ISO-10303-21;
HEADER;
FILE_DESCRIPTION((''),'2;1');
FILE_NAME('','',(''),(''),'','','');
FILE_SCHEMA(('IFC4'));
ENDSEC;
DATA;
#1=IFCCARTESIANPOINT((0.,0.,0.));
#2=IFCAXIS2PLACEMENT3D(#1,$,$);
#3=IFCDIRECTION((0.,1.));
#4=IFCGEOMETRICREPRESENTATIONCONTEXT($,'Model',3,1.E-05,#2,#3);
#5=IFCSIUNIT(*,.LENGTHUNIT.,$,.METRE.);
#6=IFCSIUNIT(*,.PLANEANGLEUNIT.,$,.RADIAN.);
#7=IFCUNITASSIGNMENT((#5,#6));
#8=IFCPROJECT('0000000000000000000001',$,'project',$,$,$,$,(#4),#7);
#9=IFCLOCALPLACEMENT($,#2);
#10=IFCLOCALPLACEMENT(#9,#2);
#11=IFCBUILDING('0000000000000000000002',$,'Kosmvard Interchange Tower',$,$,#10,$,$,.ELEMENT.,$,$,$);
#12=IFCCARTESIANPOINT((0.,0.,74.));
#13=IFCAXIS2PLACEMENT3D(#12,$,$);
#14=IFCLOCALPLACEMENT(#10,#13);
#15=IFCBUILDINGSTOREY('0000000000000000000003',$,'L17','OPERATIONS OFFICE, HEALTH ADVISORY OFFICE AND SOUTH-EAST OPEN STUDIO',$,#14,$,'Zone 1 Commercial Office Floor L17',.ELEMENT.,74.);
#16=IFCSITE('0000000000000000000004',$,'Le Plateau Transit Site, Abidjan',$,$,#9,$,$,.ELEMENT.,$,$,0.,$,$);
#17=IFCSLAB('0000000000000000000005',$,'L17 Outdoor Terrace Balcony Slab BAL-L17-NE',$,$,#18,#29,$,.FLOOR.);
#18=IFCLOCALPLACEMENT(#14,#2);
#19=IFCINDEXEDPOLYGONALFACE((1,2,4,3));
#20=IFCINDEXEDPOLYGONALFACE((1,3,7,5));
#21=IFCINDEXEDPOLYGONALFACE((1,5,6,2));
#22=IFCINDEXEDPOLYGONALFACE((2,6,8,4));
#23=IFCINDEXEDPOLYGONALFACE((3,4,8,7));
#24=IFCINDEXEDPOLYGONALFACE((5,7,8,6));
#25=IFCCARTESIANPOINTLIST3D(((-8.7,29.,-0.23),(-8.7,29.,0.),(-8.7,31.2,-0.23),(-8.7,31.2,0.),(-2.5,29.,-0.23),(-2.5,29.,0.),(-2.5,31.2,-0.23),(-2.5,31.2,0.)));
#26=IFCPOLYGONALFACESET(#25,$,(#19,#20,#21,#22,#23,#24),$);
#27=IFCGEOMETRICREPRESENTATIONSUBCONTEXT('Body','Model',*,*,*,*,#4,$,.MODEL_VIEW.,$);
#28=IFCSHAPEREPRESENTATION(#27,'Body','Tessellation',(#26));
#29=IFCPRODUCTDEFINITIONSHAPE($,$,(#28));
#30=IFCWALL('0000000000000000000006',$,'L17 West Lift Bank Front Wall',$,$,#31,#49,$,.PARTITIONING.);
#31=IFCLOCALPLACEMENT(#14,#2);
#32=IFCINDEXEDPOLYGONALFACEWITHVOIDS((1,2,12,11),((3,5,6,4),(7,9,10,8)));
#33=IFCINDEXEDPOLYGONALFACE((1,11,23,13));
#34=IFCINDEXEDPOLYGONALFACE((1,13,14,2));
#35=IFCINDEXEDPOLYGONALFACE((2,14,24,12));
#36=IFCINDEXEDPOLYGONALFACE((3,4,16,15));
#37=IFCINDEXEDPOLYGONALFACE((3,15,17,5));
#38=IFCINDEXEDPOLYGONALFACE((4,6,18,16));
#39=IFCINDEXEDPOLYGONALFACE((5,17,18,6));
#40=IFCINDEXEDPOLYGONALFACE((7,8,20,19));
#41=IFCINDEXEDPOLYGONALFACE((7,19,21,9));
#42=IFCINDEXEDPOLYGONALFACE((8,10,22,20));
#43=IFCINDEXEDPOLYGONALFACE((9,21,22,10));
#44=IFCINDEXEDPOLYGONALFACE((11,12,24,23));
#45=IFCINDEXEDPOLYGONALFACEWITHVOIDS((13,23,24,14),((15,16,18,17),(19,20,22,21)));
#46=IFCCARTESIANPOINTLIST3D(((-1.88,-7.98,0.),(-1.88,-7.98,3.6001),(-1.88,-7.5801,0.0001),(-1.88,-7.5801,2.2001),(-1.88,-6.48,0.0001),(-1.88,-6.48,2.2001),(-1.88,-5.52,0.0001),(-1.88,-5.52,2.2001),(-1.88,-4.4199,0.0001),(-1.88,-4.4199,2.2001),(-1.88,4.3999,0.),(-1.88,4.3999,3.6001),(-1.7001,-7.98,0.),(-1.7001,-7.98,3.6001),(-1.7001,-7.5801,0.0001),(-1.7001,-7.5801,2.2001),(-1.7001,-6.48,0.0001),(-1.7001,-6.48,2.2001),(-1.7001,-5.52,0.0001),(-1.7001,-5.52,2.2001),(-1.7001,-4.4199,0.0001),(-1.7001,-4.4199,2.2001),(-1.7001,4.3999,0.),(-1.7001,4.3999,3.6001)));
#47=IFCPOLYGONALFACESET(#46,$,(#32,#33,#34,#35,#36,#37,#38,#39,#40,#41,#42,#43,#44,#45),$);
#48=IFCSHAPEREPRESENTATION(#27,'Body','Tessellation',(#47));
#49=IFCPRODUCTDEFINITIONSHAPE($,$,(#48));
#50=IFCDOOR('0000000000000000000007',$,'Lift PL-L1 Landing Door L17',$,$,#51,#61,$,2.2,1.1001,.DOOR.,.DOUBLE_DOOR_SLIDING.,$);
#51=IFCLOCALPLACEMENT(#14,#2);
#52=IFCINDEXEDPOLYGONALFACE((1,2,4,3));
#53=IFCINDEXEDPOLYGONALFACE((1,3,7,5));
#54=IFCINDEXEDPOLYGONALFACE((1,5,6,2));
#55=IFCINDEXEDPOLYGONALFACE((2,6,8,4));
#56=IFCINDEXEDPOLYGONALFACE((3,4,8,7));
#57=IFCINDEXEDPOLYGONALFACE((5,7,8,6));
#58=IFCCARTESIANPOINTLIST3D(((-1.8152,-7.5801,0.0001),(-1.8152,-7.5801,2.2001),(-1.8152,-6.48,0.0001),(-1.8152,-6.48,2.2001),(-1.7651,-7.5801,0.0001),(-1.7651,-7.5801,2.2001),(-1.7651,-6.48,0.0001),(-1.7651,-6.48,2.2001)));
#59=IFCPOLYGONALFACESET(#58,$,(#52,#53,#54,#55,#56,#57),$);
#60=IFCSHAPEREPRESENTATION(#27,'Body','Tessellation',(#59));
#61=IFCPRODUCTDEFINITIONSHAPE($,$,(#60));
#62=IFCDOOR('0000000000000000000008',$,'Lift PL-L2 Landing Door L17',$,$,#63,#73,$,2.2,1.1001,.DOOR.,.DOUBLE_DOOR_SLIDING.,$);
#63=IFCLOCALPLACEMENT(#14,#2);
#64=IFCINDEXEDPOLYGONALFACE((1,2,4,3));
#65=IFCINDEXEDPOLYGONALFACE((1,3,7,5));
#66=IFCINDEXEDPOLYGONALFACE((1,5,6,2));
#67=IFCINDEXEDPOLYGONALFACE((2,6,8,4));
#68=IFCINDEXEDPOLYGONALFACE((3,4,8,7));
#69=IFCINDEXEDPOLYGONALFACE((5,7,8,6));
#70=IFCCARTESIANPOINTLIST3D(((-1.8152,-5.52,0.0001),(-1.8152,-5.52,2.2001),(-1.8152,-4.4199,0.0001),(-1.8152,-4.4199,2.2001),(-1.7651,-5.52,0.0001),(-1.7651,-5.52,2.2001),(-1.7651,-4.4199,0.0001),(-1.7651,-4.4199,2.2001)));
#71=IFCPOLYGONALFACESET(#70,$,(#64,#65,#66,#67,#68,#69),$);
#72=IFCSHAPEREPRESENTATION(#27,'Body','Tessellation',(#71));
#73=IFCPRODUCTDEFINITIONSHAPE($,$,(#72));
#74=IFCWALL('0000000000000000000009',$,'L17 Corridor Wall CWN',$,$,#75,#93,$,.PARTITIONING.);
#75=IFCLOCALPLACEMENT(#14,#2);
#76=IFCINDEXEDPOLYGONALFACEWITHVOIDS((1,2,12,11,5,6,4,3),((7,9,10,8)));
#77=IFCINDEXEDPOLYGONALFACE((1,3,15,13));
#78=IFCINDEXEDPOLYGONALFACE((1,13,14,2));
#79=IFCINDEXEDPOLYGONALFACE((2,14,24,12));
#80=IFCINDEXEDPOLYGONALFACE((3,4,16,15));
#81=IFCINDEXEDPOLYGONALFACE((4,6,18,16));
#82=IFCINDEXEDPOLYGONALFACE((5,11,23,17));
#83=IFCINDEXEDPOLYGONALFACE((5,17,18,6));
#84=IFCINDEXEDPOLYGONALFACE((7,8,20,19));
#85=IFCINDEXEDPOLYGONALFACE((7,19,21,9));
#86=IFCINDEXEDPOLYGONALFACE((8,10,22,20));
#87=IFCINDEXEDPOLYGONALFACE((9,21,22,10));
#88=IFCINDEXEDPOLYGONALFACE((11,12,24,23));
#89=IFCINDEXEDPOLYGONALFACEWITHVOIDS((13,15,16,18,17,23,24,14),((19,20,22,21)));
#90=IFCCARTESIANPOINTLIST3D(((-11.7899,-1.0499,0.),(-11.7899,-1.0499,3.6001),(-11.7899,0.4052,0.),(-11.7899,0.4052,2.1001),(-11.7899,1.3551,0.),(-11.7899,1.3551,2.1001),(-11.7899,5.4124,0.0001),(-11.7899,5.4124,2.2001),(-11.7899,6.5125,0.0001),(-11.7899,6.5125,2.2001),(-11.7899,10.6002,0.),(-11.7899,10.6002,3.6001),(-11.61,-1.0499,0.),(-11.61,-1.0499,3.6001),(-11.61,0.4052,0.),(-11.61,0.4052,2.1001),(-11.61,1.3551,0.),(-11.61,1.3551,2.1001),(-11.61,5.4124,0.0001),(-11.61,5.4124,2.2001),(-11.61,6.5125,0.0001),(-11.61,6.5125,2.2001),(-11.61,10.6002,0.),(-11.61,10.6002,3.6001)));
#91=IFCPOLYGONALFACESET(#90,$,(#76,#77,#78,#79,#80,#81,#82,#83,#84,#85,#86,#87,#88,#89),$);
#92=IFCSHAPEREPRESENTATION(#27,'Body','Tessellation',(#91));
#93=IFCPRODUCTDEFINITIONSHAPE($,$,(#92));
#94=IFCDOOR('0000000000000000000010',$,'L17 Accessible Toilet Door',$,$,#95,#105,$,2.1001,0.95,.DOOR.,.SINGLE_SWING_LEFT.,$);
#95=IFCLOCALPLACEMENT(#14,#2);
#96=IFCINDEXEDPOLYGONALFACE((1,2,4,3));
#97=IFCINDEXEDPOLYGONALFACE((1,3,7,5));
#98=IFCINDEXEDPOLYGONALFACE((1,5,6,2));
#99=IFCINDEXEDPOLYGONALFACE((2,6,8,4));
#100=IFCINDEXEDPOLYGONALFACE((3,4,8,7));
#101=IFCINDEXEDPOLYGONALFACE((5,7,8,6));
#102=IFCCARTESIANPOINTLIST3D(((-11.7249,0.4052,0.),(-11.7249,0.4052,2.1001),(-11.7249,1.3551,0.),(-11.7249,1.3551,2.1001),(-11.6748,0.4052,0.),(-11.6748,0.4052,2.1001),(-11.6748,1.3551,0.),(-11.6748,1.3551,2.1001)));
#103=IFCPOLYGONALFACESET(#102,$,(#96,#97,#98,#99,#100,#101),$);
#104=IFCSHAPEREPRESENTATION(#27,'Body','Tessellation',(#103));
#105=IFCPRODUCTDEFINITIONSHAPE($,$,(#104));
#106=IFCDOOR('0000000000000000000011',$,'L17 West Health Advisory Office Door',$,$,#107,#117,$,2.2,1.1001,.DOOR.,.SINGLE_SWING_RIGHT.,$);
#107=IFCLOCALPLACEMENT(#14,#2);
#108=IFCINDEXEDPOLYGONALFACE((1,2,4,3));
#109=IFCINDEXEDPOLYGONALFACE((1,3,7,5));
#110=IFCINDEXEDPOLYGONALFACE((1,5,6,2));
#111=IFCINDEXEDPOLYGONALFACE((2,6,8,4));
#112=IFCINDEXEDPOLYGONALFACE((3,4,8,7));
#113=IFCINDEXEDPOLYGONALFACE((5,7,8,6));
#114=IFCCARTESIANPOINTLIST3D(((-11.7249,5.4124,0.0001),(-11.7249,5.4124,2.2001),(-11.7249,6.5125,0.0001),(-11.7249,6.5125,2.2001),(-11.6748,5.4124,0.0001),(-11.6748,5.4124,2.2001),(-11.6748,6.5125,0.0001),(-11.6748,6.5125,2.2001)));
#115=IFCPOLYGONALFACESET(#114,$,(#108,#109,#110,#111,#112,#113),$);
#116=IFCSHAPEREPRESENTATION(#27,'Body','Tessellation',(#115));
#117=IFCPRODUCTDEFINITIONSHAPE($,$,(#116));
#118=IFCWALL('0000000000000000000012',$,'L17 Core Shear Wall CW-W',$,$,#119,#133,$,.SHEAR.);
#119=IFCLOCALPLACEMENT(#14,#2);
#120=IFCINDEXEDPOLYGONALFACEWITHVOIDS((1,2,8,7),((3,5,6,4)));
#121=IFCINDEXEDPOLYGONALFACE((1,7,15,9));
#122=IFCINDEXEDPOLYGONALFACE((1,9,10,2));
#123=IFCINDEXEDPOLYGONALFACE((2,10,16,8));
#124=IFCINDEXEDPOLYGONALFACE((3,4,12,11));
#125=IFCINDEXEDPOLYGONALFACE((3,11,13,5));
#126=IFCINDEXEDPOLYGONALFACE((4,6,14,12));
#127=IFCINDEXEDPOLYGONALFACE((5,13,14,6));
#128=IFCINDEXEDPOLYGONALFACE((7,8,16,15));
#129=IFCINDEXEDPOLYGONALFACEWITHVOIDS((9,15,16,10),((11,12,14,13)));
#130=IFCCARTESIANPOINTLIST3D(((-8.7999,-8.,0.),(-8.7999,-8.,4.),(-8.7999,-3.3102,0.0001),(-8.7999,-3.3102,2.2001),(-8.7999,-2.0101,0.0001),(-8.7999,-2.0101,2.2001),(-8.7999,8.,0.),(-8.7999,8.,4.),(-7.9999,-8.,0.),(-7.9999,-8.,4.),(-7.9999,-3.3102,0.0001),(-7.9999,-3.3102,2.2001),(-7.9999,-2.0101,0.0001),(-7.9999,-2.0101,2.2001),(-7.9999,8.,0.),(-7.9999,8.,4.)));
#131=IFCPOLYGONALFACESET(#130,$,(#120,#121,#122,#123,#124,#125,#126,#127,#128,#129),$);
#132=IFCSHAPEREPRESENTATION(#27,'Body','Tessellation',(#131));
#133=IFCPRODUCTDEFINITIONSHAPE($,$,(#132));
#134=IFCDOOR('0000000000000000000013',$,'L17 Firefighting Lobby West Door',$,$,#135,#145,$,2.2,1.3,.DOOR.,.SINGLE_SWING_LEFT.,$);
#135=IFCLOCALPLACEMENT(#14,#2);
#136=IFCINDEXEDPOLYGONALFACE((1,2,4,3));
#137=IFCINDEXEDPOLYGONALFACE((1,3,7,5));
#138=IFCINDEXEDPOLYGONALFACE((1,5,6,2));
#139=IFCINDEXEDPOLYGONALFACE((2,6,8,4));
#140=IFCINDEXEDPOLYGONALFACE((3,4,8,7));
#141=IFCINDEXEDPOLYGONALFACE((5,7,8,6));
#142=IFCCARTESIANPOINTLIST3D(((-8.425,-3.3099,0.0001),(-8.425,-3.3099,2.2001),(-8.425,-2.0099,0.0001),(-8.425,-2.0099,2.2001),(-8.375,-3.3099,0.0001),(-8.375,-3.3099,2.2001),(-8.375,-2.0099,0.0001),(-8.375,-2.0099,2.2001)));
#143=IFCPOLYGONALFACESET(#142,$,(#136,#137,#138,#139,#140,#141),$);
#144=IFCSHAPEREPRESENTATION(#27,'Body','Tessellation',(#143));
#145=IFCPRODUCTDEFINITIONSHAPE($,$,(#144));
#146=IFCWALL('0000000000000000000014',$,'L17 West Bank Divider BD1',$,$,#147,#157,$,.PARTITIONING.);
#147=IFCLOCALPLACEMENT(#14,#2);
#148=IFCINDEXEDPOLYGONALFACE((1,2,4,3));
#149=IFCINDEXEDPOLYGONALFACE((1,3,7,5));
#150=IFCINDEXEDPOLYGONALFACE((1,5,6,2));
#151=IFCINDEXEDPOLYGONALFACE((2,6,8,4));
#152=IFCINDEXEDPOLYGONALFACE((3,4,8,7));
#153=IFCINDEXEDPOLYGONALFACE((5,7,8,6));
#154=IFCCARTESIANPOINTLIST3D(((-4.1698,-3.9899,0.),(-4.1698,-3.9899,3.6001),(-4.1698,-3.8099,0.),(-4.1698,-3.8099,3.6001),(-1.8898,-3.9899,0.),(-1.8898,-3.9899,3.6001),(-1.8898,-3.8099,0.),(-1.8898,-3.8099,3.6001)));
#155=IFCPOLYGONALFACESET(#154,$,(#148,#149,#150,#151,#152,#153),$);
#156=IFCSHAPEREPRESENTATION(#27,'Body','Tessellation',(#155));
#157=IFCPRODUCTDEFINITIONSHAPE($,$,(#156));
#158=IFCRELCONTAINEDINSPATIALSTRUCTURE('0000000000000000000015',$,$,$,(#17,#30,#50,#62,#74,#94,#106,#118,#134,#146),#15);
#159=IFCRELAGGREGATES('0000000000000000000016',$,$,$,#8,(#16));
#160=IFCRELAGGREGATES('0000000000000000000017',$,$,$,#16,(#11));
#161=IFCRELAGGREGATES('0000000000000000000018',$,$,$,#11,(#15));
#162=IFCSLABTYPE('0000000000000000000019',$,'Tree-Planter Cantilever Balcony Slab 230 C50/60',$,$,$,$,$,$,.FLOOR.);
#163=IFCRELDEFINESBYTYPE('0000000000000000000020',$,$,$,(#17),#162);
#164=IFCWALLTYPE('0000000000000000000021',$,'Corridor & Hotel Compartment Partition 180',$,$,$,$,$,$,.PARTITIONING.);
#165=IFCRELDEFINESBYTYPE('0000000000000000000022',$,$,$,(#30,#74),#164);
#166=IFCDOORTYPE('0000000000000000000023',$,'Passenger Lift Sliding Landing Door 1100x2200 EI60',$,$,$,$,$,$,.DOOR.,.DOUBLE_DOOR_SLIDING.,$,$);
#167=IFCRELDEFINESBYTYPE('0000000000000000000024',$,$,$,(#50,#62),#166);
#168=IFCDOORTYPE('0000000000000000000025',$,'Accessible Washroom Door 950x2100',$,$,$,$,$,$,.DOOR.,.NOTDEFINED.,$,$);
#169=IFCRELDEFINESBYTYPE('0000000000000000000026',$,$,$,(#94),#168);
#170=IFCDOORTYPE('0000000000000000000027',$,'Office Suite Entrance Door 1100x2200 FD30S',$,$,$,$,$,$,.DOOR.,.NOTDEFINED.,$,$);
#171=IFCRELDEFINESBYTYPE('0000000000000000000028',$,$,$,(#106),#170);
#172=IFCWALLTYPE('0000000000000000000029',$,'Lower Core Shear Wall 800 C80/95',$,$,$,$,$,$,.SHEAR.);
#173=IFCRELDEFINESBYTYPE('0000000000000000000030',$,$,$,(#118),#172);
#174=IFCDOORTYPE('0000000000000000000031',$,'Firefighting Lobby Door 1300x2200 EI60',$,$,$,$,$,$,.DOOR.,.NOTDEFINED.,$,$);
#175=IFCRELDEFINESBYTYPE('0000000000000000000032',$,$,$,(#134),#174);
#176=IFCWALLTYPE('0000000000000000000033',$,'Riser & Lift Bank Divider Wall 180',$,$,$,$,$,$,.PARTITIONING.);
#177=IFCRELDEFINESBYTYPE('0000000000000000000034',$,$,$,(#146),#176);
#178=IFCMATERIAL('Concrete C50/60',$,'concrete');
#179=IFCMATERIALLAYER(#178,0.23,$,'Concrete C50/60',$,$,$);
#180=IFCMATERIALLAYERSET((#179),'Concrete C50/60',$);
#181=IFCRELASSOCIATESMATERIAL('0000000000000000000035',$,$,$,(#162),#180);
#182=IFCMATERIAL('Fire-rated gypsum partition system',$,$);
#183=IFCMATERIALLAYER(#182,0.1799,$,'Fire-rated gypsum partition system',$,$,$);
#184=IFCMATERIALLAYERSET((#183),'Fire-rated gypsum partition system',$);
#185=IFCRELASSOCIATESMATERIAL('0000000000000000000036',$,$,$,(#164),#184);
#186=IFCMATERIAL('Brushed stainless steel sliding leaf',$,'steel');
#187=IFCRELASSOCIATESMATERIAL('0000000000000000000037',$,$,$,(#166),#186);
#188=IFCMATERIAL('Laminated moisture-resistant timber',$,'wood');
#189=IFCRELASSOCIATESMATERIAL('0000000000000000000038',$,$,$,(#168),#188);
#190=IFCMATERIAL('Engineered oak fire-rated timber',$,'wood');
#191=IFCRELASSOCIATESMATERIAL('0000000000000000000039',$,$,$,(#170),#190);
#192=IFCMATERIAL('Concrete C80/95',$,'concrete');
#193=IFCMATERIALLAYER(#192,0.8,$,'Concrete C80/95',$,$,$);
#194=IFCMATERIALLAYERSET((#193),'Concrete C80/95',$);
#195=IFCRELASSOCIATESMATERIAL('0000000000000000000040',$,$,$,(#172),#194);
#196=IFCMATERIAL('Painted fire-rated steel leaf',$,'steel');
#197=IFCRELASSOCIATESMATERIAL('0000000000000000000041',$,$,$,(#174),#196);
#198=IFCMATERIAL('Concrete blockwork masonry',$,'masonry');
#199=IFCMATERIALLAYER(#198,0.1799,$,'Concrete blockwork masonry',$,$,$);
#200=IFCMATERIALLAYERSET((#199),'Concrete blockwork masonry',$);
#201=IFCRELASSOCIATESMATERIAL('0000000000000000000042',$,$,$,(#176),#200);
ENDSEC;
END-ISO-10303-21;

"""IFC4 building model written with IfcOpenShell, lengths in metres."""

from ifc_helpers import new_model, si_unit, direction, frame, frame_2d, origin, place, context, subcontext, project, spatial, polyline, rectangle, outline, extrude, source, transform, mapped, material, layer, layer_set, type_object, element, fill, save


model = new_model("IFC4")

# Units and contexts
model_context = context("Model", 3, precision=1e-05, world=origin(), true_north=direction((0.0, 1.0)))
body_context = subcontext(model_context, "Body", "Model", "MODEL_VIEW")
ifc_project = project(units=[si_unit("LENGTHUNIT", "METRE"), si_unit("PLANEANGLEUNIT", "RADIAN")], contexts=[model_context])

# Site, building, storey
site_placement = place(None, origin())
site = spatial("IfcSite", under=ifc_project, at=site_placement, Name="Le Plateau Transit Site, Abidjan", CompositionType="ELEMENT", RefElevation=0.0)
building_placement = place(site_placement, origin())
building = spatial("IfcBuilding", under=site, at=building_placement, Name="Kosmvard Interchange Tower", CompositionType="ELEMENT")
storey_placement = place(building_placement, frame((0.0, 0.0, 74.0)))
storey = spatial("IfcBuildingStorey", under=building, at=storey_placement, Name="L17", Description="OPERATIONS OFFICE, HEALTH ADVISORY OFFICE AND SOUTH-EAST OPEN STUDIO", LongName="Zone 1 Commercial Office Floor L17", CompositionType="ELEMENT", Elevation=74.0)

# Shared definitions
ifc_material_1 = material(Name="Concrete C80/95", Category="concrete")

# Slab
ifc_material_2 = material(Name="Concrete C50/60", Category="concrete")
ifc_layer_1 = layer(ifc_material_2, 0.23, Name="Concrete C50/60")
ifc_layer_set_1 = layer_set([ifc_layer_1], Name="Concrete C50/60")
slab_type_1 = type_object("IfcSlabType", Name="Tree-Planter Cantilever Balcony Slab 230 C50/60", PredefinedType="FLOOR", material=ifc_layer_set_1)
slab_1_placement = place(storey_placement, frame((0.0, 0.0, -0.23)))
element("IfcSlab", 1, at=slab_1_placement, inside=storey, type_object=slab_type_1, Name="L17 Outdoor Terrace Balcony Slab BAL-L17-NE", PredefinedType="FLOOR", context=body_context, shape_type="SweptSolid", body=[
    extrude(outline(polyline([(-8.7, 29.0), (-2.5, 29.0), (-2.5, 31.2), (-8.7, 31.2), (-8.7, 29.0)])), origin(), (0.0, 0.0, 1.0), 0.23),
])

# Walls, openings, doors
ifc_material_3 = material(Name="Fire-rated gypsum partition system")
ifc_layer_2 = layer(ifc_material_3, 0.1799, Name="Fire-rated gypsum partition system")
ifc_layer_set_2 = layer_set([ifc_layer_2], Name="Fire-rated gypsum partition system")
wall_type_1 = type_object("IfcWallType", Name="Corridor & Hotel Compartment Partition 180", PredefinedType="PARTITIONING", material=ifc_layer_set_2)
wall_1_placement = place(storey_placement, frame((-1.79, -7.98, 0.0), z_axis=(0.0, 0.0, 1.0), x_axis=(0.0, 1.0, 0.0)))
wall_1 = element("IfcWall", 2, at=wall_1_placement, inside=storey, type_object=wall_type_1, Name="L17 West Lift Bank Front Wall", PredefinedType="PARTITIONING", context=body_context, shape_type="SweptSolid", body=[
    extrude(rectangle(XDim=12.3799, YDim=0.1799, at=frame_2d((6.1899, 0.0))), origin(), (0.0, 0.0, 1.0), 3.6001),
])
opening_1_placement = place(wall_1_placement, frame((0.3999, 0.0, 0.0)))
opening_1 = element("IfcOpeningElement", 3, at=opening_1_placement, cuts=wall_1, PredefinedType="OPENING", context=body_context, shape_type="SweptSolid", body=[
    extrude(rectangle(XDim=1.1001, YDim=2.2, at=frame_2d((0.55, 1.1001))), frame((0.0, 0.1001, 0.0), z_axis=(0.0, -1.0, 0.0), x_axis=(1.0, 0.0, 0.0)), (0.0, 0.0, 1.0), 0.2),
])
opening_2_placement = place(wall_1_placement, frame((2.46, 0.0, 0.0)))
opening_2 = element("IfcOpeningElement", 4, at=opening_2_placement, cuts=wall_1, PredefinedType="OPENING", context=body_context, shape_type="SweptSolid", body=[
    extrude(rectangle(XDim=1.1001, YDim=2.2, at=frame_2d((0.55, 1.1001))), frame((0.0, 0.1001, 0.0), z_axis=(0.0, -1.0, 0.0), x_axis=(1.0, 0.0, 0.0)), (0.0, 0.0, 1.0), 0.2),
])
ifc_material_4 = material(Name="Brushed stainless steel sliding leaf", Category="steel")
door_type_1 = type_object("IfcDoorType", Name="Passenger Lift Sliding Landing Door 1100x2200 EI60", OperationType="DOUBLE_DOOR_SLIDING", PredefinedType="DOOR", material=ifc_material_4)
shared_shape_1 = source(origin(), body_context, "Body", "SweptSolid", [
    extrude(rectangle(XDim=1.1001, YDim=2.2, at=frame_2d((0.55, 1.1001))), frame((0.0, 0.0249, 0.0), z_axis=(0.0, -1.0, 0.0), x_axis=(1.0, 0.0, 0.0)), (0.0, 0.0, 1.0), 0.05),
])
door_1_placement = place(opening_1_placement, frame((1.1001, 0.0, 0.0), z_axis=(0.0, 0.0, 1.0), x_axis=(-1.0, 0.0, 0.0)))
door_1 = element("IfcDoor", 5, at=door_1_placement, inside=storey, type_object=door_type_1, Name="Lift PL-L1 Landing Door L17", OperationType="DOUBLE_DOOR_SLIDING", OverallHeight=2.2, OverallWidth=1.1001, PredefinedType="DOOR", context=body_context, shape_type="MappedRepresentation", body=[
    mapped(shared_shape_1, transform((0.0, 0.0, 0.0), scale=1.0)),
])
fill(opening_1, door_1)
door_2_placement = place(opening_2_placement, frame((1.1001, 0.0, 0.0), z_axis=(0.0, 0.0, 1.0), x_axis=(-1.0, 0.0, 0.0)))
door_2 = element("IfcDoor", 6, at=door_2_placement, inside=storey, type_object=door_type_1, Name="Lift PL-L2 Landing Door L17", OperationType="DOUBLE_DOOR_SLIDING", OverallHeight=2.2, OverallWidth=1.1001, PredefinedType="DOOR", context=body_context, shape_type="MappedRepresentation", body=[
    mapped(shared_shape_1, transform((0.0, 0.0, 0.0), scale=1.0)),
])
fill(opening_2, door_2)
wall_2_placement = place(storey_placement, frame((-11.7, -1.05, 0.0), z_axis=(0.0, 0.0, 1.0), x_axis=(0.0, 1.0, 0.0)))
wall_2 = element("IfcWall", 7, at=wall_2_placement, inside=storey, type_object=wall_type_1, Name="L17 Corridor Wall CWN", PredefinedType="PARTITIONING", context=body_context, shape_type="SweptSolid", body=[
    extrude(rectangle(XDim=11.6501, YDim=0.1799, at=frame_2d((5.8252, 0.0))), origin(), (0.0, 0.0, 1.0), 3.6001),
])
opening_3_placement = place(wall_2_placement, frame((1.4551, 0.0, 0.0)))
opening_3 = element("IfcOpeningElement", 8, at=opening_3_placement, cuts=wall_2, PredefinedType="OPENING", context=body_context, shape_type="SweptSolid", body=[
    extrude(rectangle(XDim=0.95, YDim=2.1001, at=frame_2d((0.4751, 1.05))), frame((0.0, 0.1001, 0.0), z_axis=(0.0, -1.0, 0.0), x_axis=(1.0, 0.0, 0.0)), (0.0, 0.0, 1.0), 0.2),
])
opening_4_placement = place(wall_2_placement, frame((6.4624, 0.0, 0.0)))
opening_4 = element("IfcOpeningElement", 9, at=opening_4_placement, cuts=wall_2, PredefinedType="OPENING", context=body_context, shape_type="SweptSolid", body=[
    extrude(rectangle(XDim=1.1001, YDim=2.2, at=frame_2d((0.55, 1.1001))), frame((0.0, 0.1001, 0.0), z_axis=(0.0, -1.0, 0.0), x_axis=(1.0, 0.0, 0.0)), (0.0, 0.0, 1.0), 0.2),
])
ifc_material_5 = material(Name="Laminated moisture-resistant timber", Category="wood")
door_type_2 = type_object("IfcDoorType", Name="Accessible Washroom Door 950x2100", OperationType="NOTDEFINED", PredefinedType="DOOR", material=ifc_material_5)
shared_shape_2 = source(origin(), body_context, "Body", "SweptSolid", [
    extrude(rectangle(XDim=0.95, YDim=2.1001, at=frame_2d((0.4751, 1.05))), frame((0.0, 0.0249, 0.0), z_axis=(0.0, -1.0, 0.0), x_axis=(1.0, 0.0, 0.0)), (0.0, 0.0, 1.0), 0.05),
])
door_3_placement = place(opening_3_placement, origin())
door_3 = element("IfcDoor", 10, at=door_3_placement, inside=storey, type_object=door_type_2, Name="L17 Accessible Toilet Door", OperationType="SINGLE_SWING_LEFT", OverallHeight=2.1001, OverallWidth=0.95, PredefinedType="DOOR", context=body_context, shape_type="MappedRepresentation", body=[
    mapped(shared_shape_2, transform((0.0, 0.0, 0.0), scale=1.0)),
])
fill(opening_3, door_3)
ifc_material_6 = material(Name="Engineered oak fire-rated timber", Category="wood")
door_type_3 = type_object("IfcDoorType", Name="Office Suite Entrance Door 1100x2200 FD30S", OperationType="NOTDEFINED", PredefinedType="DOOR", material=ifc_material_6)
door_4_placement = place(opening_4_placement, origin())
door_4 = element("IfcDoor", 11, at=door_4_placement, inside=storey, type_object=door_type_3, Name="L17 West Health Advisory Office Door", OperationType="SINGLE_SWING_RIGHT", OverallHeight=2.2, OverallWidth=1.1001, PredefinedType="DOOR", context=body_context, shape_type="MappedRepresentation", body=[
    mapped(shared_shape_1, transform((0.0, 0.0, 0.0), scale=1.0)),
])
fill(opening_4, door_4)

# Wall, opening, door
ifc_layer_3 = layer(ifc_material_1, 0.8, Name="Concrete C80/95")
ifc_layer_set_3 = layer_set([ifc_layer_3], Name="Concrete C80/95")
wall_type_2 = type_object("IfcWallType", Name="Lower Core Shear Wall 800 C80/95", PredefinedType="SHEAR", material=ifc_layer_set_3)
wall_3_placement = place(storey_placement, frame((-8.3999, -8.0, 0.0), z_axis=(0.0, 0.0, 1.0), x_axis=(0.0, 1.0, 0.0)))
wall_3 = element("IfcWall", 12, at=wall_3_placement, inside=storey, type_object=wall_type_2, Name="L17 Core Shear Wall CW-W", PredefinedType="SHEAR", context=body_context, shape_type="SweptSolid", body=[
    extrude(rectangle(XDim=16.0, YDim=0.8, at=frame_2d((8.0, 0.0))), origin(), (0.0, 0.0, 1.0), 4.0),
])
opening_5_placement = place(wall_3_placement, frame((4.6899, 0.0, 0.0)))
opening_5 = element("IfcOpeningElement", 13, at=opening_5_placement, cuts=wall_3, PredefinedType="OPENING", context=body_context, shape_type="SweptSolid", body=[
    extrude(rectangle(XDim=1.3, YDim=2.2, at=frame_2d((0.6499, 1.1001))), frame((0.0, 0.4102, 0.0), z_axis=(0.0, -1.0, 0.0), x_axis=(1.0, 0.0, 0.0)), (0.0, 0.0, 1.0), 0.8201),
])
ifc_material_7 = material(Name="Painted fire-rated steel leaf", Category="steel")
door_type_4 = type_object("IfcDoorType", Name="Firefighting Lobby Door 1300x2200 EI60", OperationType="NOTDEFINED", PredefinedType="DOOR", material=ifc_material_7)
shared_shape_3 = source(origin(), body_context, "Body", "SweptSolid", [
    extrude(rectangle(XDim=1.3, YDim=2.2, at=frame_2d((0.6499, 1.1001))), frame((0.0, 0.0249, 0.0), z_axis=(0.0, -1.0, 0.0), x_axis=(1.0, 0.0, 0.0)), (0.0, 0.0, 1.0), 0.05),
])
door_5_placement = place(opening_5_placement, frame((1.3, 0.0, 0.0), z_axis=(0.0, 0.0, 1.0), x_axis=(-1.0, 0.0, 0.0)))
door_5 = element("IfcDoor", 14, at=door_5_placement, inside=storey, type_object=door_type_4, Name="L17 Firefighting Lobby West Door", OperationType="SINGLE_SWING_LEFT", OverallHeight=2.2, OverallWidth=1.3, PredefinedType="DOOR", context=body_context, shape_type="MappedRepresentation", body=[
    mapped(shared_shape_3, transform((0.0, 0.0, 0.0), scale=1.0)),
])
fill(opening_5, door_5)

# Wall
ifc_material_8 = material(Name="Concrete blockwork masonry", Category="masonry")
ifc_layer_4 = layer(ifc_material_8, 0.1799, Name="Concrete blockwork masonry")
ifc_layer_set_4 = layer_set([ifc_layer_4], Name="Concrete blockwork masonry")
wall_type_3 = type_object("IfcWallType", Name="Riser & Lift Bank Divider Wall 180", PredefinedType="PARTITIONING", material=ifc_layer_set_4)
wall_4_placement = place(storey_placement, frame((-4.1699, -3.8999, 0.0), z_axis=(0.0, 0.0, 1.0), x_axis=(1.0, 0.0, 0.0)))
element("IfcWall", 15, at=wall_4_placement, inside=storey, type_object=wall_type_3, Name="L17 West Bank Divider BD1", PredefinedType="PARTITIONING", context=body_context, shape_type="SweptSolid", body=[
    extrude(rectangle(XDim=2.28, YDim=0.1799, at=frame_2d((1.1401, 0.0))), origin(), (0.0, 0.0, 1.0), 3.6001),
])

save(model, "model.ifc")
